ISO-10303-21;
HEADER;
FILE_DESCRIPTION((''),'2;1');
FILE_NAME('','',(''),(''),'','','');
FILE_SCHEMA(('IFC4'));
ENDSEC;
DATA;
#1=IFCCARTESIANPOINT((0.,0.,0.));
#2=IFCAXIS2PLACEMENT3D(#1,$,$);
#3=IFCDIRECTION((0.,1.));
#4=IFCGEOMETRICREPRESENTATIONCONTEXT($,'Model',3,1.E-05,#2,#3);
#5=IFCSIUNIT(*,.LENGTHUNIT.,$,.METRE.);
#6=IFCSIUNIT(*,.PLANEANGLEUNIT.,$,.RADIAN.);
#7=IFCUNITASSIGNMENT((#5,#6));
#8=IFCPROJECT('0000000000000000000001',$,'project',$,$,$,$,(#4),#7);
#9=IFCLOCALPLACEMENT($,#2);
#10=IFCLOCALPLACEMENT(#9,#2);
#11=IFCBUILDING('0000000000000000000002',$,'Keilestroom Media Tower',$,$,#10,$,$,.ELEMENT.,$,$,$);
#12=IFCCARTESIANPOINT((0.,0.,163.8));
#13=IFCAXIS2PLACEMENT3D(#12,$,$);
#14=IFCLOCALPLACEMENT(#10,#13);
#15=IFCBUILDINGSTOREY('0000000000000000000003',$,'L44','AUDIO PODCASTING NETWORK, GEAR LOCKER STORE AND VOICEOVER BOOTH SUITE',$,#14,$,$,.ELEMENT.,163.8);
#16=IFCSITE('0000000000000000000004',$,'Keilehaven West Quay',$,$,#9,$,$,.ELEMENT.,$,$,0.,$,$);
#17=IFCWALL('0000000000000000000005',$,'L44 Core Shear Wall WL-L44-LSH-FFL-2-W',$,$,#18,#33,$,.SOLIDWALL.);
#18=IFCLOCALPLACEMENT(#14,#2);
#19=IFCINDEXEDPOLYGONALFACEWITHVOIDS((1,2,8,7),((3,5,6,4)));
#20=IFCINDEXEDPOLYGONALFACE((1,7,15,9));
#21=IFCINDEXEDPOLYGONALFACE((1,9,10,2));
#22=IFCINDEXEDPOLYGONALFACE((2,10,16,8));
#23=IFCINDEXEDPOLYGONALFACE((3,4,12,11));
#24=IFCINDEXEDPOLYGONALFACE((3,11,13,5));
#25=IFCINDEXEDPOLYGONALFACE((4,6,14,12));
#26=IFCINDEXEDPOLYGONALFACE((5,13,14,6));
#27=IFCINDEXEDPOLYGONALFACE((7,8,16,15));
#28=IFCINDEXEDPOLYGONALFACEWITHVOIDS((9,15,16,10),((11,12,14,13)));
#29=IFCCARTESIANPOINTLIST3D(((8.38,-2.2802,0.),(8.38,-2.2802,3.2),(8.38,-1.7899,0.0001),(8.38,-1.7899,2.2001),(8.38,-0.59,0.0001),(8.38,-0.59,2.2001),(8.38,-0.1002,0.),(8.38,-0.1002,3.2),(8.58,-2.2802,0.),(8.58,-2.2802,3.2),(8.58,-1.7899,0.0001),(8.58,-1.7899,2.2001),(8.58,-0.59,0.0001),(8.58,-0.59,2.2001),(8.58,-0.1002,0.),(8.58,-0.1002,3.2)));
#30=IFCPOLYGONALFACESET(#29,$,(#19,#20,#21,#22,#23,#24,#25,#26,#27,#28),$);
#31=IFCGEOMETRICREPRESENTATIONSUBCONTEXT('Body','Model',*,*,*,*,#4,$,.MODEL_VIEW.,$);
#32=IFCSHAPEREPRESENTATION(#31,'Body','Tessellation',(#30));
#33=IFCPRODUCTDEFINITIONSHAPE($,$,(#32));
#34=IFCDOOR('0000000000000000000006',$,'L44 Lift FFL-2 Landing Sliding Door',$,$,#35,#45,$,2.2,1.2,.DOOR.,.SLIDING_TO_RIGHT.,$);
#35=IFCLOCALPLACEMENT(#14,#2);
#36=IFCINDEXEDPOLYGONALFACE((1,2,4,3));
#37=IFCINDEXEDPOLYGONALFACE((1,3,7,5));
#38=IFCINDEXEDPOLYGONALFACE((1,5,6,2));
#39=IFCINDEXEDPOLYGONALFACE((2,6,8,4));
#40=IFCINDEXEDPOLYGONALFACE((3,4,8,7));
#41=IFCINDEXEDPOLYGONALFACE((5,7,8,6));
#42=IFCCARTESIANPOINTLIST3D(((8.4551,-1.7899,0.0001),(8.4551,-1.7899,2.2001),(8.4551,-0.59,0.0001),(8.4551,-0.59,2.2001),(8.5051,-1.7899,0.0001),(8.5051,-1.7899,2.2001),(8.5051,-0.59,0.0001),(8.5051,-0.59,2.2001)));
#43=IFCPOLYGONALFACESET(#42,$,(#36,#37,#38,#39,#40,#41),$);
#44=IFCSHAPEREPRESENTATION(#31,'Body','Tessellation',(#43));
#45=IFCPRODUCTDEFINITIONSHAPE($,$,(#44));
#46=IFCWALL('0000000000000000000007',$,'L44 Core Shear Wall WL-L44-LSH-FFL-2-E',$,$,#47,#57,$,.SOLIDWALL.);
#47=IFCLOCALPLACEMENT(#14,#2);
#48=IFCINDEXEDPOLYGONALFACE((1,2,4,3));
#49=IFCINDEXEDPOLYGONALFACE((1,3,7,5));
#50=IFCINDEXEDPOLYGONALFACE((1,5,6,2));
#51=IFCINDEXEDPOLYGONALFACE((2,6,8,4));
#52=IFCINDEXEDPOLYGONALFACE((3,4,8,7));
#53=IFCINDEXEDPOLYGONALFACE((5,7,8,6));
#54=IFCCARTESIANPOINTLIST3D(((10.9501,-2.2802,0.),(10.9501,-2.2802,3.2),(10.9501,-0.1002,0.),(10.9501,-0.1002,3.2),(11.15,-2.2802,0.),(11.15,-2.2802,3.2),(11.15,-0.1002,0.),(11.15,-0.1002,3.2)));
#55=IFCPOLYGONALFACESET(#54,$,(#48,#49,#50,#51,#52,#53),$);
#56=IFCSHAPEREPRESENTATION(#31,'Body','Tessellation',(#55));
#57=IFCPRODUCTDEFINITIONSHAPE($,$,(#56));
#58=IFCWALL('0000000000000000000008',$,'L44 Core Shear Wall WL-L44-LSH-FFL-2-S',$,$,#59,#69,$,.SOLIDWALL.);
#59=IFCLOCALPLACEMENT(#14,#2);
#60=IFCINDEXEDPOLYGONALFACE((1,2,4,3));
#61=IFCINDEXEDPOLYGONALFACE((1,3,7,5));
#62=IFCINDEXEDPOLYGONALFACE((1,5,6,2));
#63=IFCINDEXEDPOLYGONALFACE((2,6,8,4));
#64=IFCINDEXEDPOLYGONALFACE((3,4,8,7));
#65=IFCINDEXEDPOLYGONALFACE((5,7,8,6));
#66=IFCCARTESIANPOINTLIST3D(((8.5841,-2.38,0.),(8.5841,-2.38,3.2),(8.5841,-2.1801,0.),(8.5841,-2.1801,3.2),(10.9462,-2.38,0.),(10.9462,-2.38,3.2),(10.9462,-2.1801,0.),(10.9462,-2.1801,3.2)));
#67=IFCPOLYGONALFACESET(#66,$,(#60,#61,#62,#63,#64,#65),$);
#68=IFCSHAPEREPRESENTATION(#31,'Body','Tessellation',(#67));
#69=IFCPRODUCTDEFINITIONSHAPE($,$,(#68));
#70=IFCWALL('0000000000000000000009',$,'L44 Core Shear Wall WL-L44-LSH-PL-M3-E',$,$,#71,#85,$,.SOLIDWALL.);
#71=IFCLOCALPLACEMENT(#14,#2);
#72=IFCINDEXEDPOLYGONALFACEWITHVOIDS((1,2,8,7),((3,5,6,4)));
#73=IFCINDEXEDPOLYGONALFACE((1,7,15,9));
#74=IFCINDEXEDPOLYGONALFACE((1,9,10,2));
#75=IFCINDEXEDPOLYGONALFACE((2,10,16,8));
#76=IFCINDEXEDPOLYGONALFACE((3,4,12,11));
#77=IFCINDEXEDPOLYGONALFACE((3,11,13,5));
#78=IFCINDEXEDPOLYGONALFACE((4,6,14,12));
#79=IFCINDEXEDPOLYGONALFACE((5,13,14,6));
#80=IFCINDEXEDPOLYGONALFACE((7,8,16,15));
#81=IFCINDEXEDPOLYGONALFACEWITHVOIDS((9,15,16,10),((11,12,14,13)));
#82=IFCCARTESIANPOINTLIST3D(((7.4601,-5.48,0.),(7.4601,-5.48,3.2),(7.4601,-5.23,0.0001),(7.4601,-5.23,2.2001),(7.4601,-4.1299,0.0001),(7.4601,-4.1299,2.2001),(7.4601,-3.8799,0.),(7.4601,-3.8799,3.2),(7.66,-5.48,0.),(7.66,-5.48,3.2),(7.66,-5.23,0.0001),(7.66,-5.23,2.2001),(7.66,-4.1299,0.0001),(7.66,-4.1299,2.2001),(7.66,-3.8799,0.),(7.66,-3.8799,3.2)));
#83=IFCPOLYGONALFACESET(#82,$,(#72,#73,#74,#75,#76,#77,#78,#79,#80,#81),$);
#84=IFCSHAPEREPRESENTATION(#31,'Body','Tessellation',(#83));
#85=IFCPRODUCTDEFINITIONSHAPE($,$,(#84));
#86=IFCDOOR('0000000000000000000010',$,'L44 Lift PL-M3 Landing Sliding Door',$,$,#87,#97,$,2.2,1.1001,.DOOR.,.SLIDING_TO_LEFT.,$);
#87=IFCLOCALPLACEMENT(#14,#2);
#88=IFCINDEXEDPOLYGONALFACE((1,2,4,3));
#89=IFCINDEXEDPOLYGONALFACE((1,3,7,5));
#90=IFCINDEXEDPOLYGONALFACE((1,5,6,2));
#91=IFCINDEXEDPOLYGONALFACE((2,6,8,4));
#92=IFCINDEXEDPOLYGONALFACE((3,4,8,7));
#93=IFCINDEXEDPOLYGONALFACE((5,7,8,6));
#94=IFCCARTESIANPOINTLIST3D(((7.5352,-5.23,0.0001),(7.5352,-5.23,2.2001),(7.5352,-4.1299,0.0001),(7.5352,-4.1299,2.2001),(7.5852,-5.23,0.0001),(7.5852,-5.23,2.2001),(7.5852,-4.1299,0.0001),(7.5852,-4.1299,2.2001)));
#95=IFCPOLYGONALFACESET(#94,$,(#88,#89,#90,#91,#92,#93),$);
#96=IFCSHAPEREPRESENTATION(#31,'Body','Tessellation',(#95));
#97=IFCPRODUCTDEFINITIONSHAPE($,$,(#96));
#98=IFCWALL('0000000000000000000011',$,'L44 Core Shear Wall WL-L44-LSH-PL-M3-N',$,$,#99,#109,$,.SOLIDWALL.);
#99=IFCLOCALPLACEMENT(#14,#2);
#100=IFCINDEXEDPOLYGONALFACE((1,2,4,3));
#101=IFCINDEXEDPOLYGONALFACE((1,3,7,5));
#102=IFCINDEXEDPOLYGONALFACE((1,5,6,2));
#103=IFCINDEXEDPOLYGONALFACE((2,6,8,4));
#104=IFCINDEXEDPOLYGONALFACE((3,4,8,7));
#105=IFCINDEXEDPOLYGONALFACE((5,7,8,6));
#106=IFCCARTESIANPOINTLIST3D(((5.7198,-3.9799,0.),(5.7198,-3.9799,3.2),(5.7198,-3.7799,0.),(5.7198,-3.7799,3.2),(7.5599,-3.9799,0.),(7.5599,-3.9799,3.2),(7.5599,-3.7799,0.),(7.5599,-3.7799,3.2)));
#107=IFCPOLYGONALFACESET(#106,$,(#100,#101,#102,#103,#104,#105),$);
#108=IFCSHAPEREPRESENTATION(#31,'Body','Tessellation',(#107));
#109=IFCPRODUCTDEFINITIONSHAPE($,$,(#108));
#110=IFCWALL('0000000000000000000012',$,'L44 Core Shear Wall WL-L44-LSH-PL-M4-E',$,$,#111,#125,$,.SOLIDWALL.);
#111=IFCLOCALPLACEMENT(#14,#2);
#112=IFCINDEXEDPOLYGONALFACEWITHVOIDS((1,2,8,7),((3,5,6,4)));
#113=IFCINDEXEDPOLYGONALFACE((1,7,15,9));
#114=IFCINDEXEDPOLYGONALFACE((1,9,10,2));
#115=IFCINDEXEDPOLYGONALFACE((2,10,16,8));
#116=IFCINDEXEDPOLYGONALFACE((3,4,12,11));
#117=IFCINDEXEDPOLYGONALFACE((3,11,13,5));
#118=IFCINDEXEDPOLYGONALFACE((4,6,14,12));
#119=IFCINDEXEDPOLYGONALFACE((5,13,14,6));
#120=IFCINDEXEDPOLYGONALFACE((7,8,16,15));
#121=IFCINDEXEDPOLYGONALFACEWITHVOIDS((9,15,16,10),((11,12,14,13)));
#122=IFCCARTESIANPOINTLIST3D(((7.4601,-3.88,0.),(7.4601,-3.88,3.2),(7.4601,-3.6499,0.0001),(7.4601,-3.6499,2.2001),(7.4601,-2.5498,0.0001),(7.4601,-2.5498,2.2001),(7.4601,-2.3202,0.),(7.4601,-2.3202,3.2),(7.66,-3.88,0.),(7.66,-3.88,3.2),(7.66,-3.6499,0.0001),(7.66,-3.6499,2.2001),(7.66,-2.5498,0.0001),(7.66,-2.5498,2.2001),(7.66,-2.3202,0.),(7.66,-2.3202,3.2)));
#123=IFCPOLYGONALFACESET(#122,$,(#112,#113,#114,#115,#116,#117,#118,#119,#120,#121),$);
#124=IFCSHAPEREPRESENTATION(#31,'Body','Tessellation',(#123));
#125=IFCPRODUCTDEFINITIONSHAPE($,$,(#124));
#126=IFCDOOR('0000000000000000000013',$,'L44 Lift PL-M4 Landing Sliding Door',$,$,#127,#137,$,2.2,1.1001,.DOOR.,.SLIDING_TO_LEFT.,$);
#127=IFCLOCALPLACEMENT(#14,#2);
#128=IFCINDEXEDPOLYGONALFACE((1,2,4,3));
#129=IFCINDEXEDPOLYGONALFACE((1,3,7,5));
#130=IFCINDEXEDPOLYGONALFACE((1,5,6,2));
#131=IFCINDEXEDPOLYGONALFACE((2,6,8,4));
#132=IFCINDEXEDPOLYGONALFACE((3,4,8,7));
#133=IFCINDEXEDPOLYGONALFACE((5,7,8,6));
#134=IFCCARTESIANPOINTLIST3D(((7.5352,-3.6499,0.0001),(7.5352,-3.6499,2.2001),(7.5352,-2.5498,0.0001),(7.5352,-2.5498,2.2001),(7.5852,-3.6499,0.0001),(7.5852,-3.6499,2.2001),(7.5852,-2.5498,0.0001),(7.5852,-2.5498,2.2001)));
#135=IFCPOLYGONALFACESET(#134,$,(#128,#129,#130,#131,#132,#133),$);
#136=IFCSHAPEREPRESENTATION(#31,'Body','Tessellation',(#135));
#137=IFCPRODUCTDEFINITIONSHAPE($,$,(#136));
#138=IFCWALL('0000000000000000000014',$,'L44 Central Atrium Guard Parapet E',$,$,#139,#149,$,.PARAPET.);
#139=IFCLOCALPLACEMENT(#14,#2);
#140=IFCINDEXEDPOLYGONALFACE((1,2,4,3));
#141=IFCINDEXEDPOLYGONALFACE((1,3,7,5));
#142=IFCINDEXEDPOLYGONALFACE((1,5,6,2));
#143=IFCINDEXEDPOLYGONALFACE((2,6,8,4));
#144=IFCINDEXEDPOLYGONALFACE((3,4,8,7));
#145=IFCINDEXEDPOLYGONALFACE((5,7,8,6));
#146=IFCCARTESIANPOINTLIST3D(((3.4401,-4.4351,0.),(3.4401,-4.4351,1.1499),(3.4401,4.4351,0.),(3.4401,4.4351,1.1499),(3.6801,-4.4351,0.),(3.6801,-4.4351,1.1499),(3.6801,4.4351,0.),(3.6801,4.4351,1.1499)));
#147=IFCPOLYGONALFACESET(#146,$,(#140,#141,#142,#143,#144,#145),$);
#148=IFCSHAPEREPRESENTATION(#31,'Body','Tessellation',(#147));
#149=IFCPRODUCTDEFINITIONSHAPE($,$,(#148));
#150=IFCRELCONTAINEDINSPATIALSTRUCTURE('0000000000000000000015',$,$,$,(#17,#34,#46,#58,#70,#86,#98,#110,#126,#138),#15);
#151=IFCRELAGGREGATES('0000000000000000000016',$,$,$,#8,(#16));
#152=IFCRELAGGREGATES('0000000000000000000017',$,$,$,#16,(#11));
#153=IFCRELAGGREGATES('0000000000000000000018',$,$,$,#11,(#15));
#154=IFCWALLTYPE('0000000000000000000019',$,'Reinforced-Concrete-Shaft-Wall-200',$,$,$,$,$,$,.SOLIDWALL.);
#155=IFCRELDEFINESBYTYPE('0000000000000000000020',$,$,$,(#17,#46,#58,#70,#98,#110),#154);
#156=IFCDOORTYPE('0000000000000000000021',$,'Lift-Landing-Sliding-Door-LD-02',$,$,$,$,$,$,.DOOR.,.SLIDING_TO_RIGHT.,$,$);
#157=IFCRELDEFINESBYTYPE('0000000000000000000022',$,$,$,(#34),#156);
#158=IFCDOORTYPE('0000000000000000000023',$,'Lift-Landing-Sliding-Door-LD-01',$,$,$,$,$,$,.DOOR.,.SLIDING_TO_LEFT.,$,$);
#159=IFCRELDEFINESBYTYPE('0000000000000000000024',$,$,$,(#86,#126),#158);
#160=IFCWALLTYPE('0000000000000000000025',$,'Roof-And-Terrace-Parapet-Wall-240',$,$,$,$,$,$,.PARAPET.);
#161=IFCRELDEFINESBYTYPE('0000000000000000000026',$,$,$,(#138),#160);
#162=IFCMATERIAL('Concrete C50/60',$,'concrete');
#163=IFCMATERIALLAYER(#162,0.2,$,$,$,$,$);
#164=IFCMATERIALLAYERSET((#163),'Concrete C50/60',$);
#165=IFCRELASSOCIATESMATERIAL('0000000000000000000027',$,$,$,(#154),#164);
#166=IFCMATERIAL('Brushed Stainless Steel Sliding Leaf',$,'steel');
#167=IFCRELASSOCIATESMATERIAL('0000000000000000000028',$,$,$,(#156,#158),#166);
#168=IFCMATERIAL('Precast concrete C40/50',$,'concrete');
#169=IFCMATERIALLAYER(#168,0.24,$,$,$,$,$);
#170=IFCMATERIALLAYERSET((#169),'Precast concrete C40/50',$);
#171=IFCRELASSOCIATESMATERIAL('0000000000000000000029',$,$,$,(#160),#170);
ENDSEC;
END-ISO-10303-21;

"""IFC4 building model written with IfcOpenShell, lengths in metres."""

from ifc_helpers import new_model, si_unit, direction, frame, frame_2d, origin, place, context, subcontext, project, spatial, rectangle, extrude, source, transform, mapped, material, layer, layer_set, type_object, element, fill, save


model = new_model("IFC4")

# Units and contexts
model_context = context("Model", 3, precision=1e-05, world=origin(), true_north=direction((0.0, 1.0)))
body_context = subcontext(model_context, "Body", "Model", "MODEL_VIEW")
ifc_project = project(units=[si_unit("LENGTHUNIT", "METRE"), si_unit("PLANEANGLEUNIT", "RADIAN")], contexts=[model_context])

# Site, building, storey
site_placement = place(None, origin())
site = spatial("IfcSite", under=ifc_project, at=site_placement, Name="Keilehaven West Quay", CompositionType="ELEMENT", RefElevation=0.0)
building_placement = place(site_placement, origin())
building = spatial("IfcBuilding", under=site, at=building_placement, Name="Keilestroom Media Tower", CompositionType="ELEMENT")
storey_placement = place(building_placement, frame((0.0, 0.0, 163.8)))
storey = spatial("IfcBuildingStorey", under=building, at=storey_placement, Name="L44", Description="AUDIO PODCASTING NETWORK, GEAR LOCKER STORE AND VOICEOVER BOOTH SUITE", CompositionType="ELEMENT", Elevation=163.8)

# Shared definitions
shared_shape_1 = source(origin(), body_context, "Body", "SweptSolid", [
    extrude(rectangle(XDim=1.2, YDim=2.2, at=frame_2d((0.6001, 1.1001))), frame((0.0, 0.0249, 0.0), z_axis=(0.0, -1.0, 0.0), x_axis=(1.0, 0.0, 0.0)), (0.0, 0.0, 1.0), 0.05),
])

# Shared definitions
ifc_material_1 = material(Name="Concrete C50/60", Category="concrete")
ifc_layer_1 = layer(ifc_material_1, 0.2)
ifc_layer_set_1 = layer_set([ifc_layer_1], Name="Concrete C50/60")
wall_type_1 = type_object("IfcWallType", Name="Reinforced-Concrete-Shaft-Wall-200", PredefinedType="SOLIDWALL", material=ifc_layer_set_1)

# Wall, opening, door
wall_1_placement = place(storey_placement, frame((8.48, -2.28, 0.0), z_axis=(0.0, 0.0, 1.0), x_axis=(0.0, 1.0, 0.0)))
wall_1 = element("IfcWall", 1, at=wall_1_placement, inside=storey, type_object=wall_type_1, Name="L44 Core Shear Wall WL-L44-LSH-FFL-2-W", PredefinedType="SOLIDWALL", context=body_context, shape_type="SweptSolid", body=[
    extrude(rectangle(XDim=2.1799, YDim=0.2, at=frame_2d((1.0898, 0.0))), origin(), (0.0, 0.0, 1.0), 3.2),
])
opening_1_placement = place(wall_1_placement, frame((0.49, 0.0, 0.0)))
opening_1 = element("IfcOpeningElement", 2, at=opening_1_placement, cuts=wall_1, PredefinedType="OPENING", context=body_context, shape_type="SweptSolid", body=[
    extrude(rectangle(XDim=1.2, YDim=2.2, at=frame_2d((0.6001, 1.1001))), frame((0.0, 0.1099, 0.0), z_axis=(0.0, -1.0, 0.0), x_axis=(1.0, 0.0, 0.0)), (0.0, 0.0, 1.0), 0.22),
])
ifc_material_2 = material(Name="Brushed Stainless Steel Sliding Leaf", Category="steel")
door_type_1 = type_object("IfcDoorType", Name="Lift-Landing-Sliding-Door-LD-02", OperationType="SLIDING_TO_RIGHT", PredefinedType="DOOR", material=ifc_material_2)
door_1_placement = place(opening_1_placement, origin())
door_1 = element("IfcDoor", 3, at=door_1_placement, inside=storey, type_object=door_type_1, Name="L44 Lift FFL-2 Landing Sliding Door", OperationType="SLIDING_TO_RIGHT", OverallHeight=2.2, OverallWidth=1.2, PredefinedType="DOOR", context=body_context, shape_type="MappedRepresentation", body=[
    mapped(shared_shape_1, transform((0.0, 0.0, 0.0), x_axis=(1.0, 0.0, 0.0), y_axis=(0.0, 1.0, 0.0), z_axis=(0.0, 0.0, 1.0), scale=1.0)),
])
fill(opening_1, door_1)

# Walls
wall_2_placement = place(storey_placement, frame((11.05, -2.28, 0.0), z_axis=(0.0, 0.0, 1.0), x_axis=(0.0, 1.0, 0.0)))
element("IfcWall", 4, at=wall_2_placement, inside=storey, type_object=wall_type_1, Name="L44 Core Shear Wall WL-L44-LSH-FFL-2-E", PredefinedType="SOLIDWALL", context=body_context, shape_type="SweptSolid", body=[
    extrude(rectangle(XDim=2.1799, YDim=0.2, at=frame_2d((1.0898, 0.0))), origin(), (0.0, 0.0, 1.0), 3.2),
])
wall_3_placement = place(storey_placement, frame((8.584, -2.28, 0.0), z_axis=(0.0, 0.0, 1.0), x_axis=(1.0, 0.0, 0.0)))
element("IfcWall", 5, at=wall_3_placement, inside=storey, type_object=wall_type_1, Name="L44 Core Shear Wall WL-L44-LSH-FFL-2-S", PredefinedType="SOLIDWALL", context=body_context, shape_type="SweptSolid", body=[
    extrude(rectangle(XDim=2.3621, YDim=0.2, at=frame_2d((1.1812, 0.0))), origin(), (0.0, 0.0, 1.0), 3.2),
])

# Wall, opening, door
wall_4_placement = place(storey_placement, frame((7.5601, -5.48, 0.0), z_axis=(0.0, 0.0, 1.0), x_axis=(0.0, 1.0, 0.0)))
wall_4 = element("IfcWall", 6, at=wall_4_placement, inside=storey, type_object=wall_type_1, Name="L44 Core Shear Wall WL-L44-LSH-PL-M3-E", PredefinedType="SOLIDWALL", context=body_context, shape_type="SweptSolid", body=[
    extrude(rectangle(XDim=1.6001, YDim=0.2, at=frame_2d((0.8, 0.0))), origin(), (0.0, 0.0, 1.0), 3.2),
])
opening_2_placement = place(wall_4_placement, frame((0.25, 0.0, 0.0)))
opening_2 = element("IfcOpeningElement", 7, at=opening_2_placement, cuts=wall_4, PredefinedType="OPENING", context=body_context, shape_type="SweptSolid", body=[
    extrude(rectangle(XDim=1.1001, YDim=2.2, at=frame_2d((0.55, 1.1001))), frame((0.0, 0.1099, 0.0), z_axis=(0.0, -1.0, 0.0), x_axis=(1.0, 0.0, 0.0)), (0.0, 0.0, 1.0), 0.22),
])
door_type_2 = type_object("IfcDoorType", Name="Lift-Landing-Sliding-Door-LD-01", OperationType="SLIDING_TO_LEFT", PredefinedType="DOOR", material=ifc_material_2)
shared_shape_2 = source(origin(), body_context, "Body", "SweptSolid", [
    extrude(rectangle(XDim=1.1001, YDim=2.2, at=frame_2d((0.55, 1.1001))), frame((0.0, 0.0249, 0.0), z_axis=(0.0, -1.0, 0.0), x_axis=(1.0, 0.0, 0.0)), (0.0, 0.0, 1.0), 0.05),
])
door_2_placement = place(opening_2_placement, origin())
door_2 = element("IfcDoor", 8, at=door_2_placement, inside=storey, type_object=door_type_2, Name="L44 Lift PL-M3 Landing Sliding Door", OperationType="SLIDING_TO_LEFT", OverallHeight=2.2, OverallWidth=1.1001, PredefinedType="DOOR", context=body_context, shape_type="MappedRepresentation", body=[
    mapped(shared_shape_2, transform((0.0, 0.0, 0.0), x_axis=(1.0, 0.0, 0.0), y_axis=(0.0, 1.0, 0.0), z_axis=(0.0, 0.0, 1.0), scale=1.0)),
])
fill(opening_2, door_2)

# Wall
wall_5_placement = place(storey_placement, frame((5.72, -3.8799, 0.0), z_axis=(0.0, 0.0, 1.0), x_axis=(1.0, 0.0, 0.0)))
element("IfcWall", 9, at=wall_5_placement, inside=storey, type_object=wall_type_1, Name="L44 Core Shear Wall WL-L44-LSH-PL-M3-N", PredefinedType="SOLIDWALL", context=body_context, shape_type="SweptSolid", body=[
    extrude(rectangle(XDim=1.8401, YDim=0.2, at=frame_2d((0.9199, 0.0))), origin(), (0.0, 0.0, 1.0), 3.2),
])

# Wall, opening, door
wall_6_placement = place(storey_placement, frame((7.5601, -3.8799, 0.0), z_axis=(0.0, 0.0, 1.0), x_axis=(0.0, 1.0, 0.0)))
wall_6 = element("IfcWall", 10, at=wall_6_placement, inside=storey, type_object=wall_type_1, Name="L44 Core Shear Wall WL-L44-LSH-PL-M4-E", PredefinedType="SOLIDWALL", context=body_context, shape_type="SweptSolid", body=[
    extrude(rectangle(XDim=1.5598, YDim=0.2, at=frame_2d((0.7798, 0.0))), origin(), (0.0, 0.0, 1.0), 3.2),
])
opening_3_placement = place(wall_6_placement, frame((0.23, 0.0, 0.0)))
opening_3 = element("IfcOpeningElement", 11, at=opening_3_placement, cuts=wall_6, PredefinedType="OPENING", context=body_context, shape_type="SweptSolid", body=[
    extrude(rectangle(XDim=1.1001, YDim=2.2, at=frame_2d((0.55, 1.1001))), frame((0.0, 0.1099, 0.0), z_axis=(0.0, -1.0, 0.0), x_axis=(1.0, 0.0, 0.0)), (0.0, 0.0, 1.0), 0.22),
])
door_3_placement = place(opening_3_placement, origin())
door_3 = element("IfcDoor", 12, at=door_3_placement, inside=storey, type_object=door_type_2, Name="L44 Lift PL-M4 Landing Sliding Door", OperationType="SLIDING_TO_LEFT", OverallHeight=2.2, OverallWidth=1.1001, PredefinedType="DOOR", context=body_context, shape_type="MappedRepresentation", body=[
    mapped(shared_shape_2, transform((0.0, 0.0, 0.0), x_axis=(1.0, 0.0, 0.0), y_axis=(0.0, 1.0, 0.0), z_axis=(0.0, 0.0, 1.0), scale=1.0)),
])
fill(opening_3, door_3)

# Wall
ifc_material_3 = material(Name="Precast concrete C40/50", Category="concrete")
ifc_layer_2 = layer(ifc_material_3, 0.24)
ifc_layer_set_2 = layer_set([ifc_layer_2], Name="Precast concrete C40/50")
wall_type_2 = type_object("IfcWallType", Name="Roof-And-Terrace-Parapet-Wall-240", PredefinedType="PARAPET", material=ifc_layer_set_2)
wall_7_placement = place(storey_placement, frame((3.5601, -4.4351, 0.0), z_axis=(0.0, 0.0, 1.0), x_axis=(0.0, 1.0, 0.0)))
element("IfcWall", 13, at=wall_7_placement, inside=storey, type_object=wall_type_2, Name="L44 Central Atrium Guard Parapet E", PredefinedType="PARAPET", context=body_context, shape_type="SweptSolid", body=[
    extrude(rectangle(XDim=8.8701, YDim=0.24, at=frame_2d((4.4351, 0.0))), origin(), (0.0, 0.0, 1.0), 1.1499),
])

save(model, "model.ifc")
